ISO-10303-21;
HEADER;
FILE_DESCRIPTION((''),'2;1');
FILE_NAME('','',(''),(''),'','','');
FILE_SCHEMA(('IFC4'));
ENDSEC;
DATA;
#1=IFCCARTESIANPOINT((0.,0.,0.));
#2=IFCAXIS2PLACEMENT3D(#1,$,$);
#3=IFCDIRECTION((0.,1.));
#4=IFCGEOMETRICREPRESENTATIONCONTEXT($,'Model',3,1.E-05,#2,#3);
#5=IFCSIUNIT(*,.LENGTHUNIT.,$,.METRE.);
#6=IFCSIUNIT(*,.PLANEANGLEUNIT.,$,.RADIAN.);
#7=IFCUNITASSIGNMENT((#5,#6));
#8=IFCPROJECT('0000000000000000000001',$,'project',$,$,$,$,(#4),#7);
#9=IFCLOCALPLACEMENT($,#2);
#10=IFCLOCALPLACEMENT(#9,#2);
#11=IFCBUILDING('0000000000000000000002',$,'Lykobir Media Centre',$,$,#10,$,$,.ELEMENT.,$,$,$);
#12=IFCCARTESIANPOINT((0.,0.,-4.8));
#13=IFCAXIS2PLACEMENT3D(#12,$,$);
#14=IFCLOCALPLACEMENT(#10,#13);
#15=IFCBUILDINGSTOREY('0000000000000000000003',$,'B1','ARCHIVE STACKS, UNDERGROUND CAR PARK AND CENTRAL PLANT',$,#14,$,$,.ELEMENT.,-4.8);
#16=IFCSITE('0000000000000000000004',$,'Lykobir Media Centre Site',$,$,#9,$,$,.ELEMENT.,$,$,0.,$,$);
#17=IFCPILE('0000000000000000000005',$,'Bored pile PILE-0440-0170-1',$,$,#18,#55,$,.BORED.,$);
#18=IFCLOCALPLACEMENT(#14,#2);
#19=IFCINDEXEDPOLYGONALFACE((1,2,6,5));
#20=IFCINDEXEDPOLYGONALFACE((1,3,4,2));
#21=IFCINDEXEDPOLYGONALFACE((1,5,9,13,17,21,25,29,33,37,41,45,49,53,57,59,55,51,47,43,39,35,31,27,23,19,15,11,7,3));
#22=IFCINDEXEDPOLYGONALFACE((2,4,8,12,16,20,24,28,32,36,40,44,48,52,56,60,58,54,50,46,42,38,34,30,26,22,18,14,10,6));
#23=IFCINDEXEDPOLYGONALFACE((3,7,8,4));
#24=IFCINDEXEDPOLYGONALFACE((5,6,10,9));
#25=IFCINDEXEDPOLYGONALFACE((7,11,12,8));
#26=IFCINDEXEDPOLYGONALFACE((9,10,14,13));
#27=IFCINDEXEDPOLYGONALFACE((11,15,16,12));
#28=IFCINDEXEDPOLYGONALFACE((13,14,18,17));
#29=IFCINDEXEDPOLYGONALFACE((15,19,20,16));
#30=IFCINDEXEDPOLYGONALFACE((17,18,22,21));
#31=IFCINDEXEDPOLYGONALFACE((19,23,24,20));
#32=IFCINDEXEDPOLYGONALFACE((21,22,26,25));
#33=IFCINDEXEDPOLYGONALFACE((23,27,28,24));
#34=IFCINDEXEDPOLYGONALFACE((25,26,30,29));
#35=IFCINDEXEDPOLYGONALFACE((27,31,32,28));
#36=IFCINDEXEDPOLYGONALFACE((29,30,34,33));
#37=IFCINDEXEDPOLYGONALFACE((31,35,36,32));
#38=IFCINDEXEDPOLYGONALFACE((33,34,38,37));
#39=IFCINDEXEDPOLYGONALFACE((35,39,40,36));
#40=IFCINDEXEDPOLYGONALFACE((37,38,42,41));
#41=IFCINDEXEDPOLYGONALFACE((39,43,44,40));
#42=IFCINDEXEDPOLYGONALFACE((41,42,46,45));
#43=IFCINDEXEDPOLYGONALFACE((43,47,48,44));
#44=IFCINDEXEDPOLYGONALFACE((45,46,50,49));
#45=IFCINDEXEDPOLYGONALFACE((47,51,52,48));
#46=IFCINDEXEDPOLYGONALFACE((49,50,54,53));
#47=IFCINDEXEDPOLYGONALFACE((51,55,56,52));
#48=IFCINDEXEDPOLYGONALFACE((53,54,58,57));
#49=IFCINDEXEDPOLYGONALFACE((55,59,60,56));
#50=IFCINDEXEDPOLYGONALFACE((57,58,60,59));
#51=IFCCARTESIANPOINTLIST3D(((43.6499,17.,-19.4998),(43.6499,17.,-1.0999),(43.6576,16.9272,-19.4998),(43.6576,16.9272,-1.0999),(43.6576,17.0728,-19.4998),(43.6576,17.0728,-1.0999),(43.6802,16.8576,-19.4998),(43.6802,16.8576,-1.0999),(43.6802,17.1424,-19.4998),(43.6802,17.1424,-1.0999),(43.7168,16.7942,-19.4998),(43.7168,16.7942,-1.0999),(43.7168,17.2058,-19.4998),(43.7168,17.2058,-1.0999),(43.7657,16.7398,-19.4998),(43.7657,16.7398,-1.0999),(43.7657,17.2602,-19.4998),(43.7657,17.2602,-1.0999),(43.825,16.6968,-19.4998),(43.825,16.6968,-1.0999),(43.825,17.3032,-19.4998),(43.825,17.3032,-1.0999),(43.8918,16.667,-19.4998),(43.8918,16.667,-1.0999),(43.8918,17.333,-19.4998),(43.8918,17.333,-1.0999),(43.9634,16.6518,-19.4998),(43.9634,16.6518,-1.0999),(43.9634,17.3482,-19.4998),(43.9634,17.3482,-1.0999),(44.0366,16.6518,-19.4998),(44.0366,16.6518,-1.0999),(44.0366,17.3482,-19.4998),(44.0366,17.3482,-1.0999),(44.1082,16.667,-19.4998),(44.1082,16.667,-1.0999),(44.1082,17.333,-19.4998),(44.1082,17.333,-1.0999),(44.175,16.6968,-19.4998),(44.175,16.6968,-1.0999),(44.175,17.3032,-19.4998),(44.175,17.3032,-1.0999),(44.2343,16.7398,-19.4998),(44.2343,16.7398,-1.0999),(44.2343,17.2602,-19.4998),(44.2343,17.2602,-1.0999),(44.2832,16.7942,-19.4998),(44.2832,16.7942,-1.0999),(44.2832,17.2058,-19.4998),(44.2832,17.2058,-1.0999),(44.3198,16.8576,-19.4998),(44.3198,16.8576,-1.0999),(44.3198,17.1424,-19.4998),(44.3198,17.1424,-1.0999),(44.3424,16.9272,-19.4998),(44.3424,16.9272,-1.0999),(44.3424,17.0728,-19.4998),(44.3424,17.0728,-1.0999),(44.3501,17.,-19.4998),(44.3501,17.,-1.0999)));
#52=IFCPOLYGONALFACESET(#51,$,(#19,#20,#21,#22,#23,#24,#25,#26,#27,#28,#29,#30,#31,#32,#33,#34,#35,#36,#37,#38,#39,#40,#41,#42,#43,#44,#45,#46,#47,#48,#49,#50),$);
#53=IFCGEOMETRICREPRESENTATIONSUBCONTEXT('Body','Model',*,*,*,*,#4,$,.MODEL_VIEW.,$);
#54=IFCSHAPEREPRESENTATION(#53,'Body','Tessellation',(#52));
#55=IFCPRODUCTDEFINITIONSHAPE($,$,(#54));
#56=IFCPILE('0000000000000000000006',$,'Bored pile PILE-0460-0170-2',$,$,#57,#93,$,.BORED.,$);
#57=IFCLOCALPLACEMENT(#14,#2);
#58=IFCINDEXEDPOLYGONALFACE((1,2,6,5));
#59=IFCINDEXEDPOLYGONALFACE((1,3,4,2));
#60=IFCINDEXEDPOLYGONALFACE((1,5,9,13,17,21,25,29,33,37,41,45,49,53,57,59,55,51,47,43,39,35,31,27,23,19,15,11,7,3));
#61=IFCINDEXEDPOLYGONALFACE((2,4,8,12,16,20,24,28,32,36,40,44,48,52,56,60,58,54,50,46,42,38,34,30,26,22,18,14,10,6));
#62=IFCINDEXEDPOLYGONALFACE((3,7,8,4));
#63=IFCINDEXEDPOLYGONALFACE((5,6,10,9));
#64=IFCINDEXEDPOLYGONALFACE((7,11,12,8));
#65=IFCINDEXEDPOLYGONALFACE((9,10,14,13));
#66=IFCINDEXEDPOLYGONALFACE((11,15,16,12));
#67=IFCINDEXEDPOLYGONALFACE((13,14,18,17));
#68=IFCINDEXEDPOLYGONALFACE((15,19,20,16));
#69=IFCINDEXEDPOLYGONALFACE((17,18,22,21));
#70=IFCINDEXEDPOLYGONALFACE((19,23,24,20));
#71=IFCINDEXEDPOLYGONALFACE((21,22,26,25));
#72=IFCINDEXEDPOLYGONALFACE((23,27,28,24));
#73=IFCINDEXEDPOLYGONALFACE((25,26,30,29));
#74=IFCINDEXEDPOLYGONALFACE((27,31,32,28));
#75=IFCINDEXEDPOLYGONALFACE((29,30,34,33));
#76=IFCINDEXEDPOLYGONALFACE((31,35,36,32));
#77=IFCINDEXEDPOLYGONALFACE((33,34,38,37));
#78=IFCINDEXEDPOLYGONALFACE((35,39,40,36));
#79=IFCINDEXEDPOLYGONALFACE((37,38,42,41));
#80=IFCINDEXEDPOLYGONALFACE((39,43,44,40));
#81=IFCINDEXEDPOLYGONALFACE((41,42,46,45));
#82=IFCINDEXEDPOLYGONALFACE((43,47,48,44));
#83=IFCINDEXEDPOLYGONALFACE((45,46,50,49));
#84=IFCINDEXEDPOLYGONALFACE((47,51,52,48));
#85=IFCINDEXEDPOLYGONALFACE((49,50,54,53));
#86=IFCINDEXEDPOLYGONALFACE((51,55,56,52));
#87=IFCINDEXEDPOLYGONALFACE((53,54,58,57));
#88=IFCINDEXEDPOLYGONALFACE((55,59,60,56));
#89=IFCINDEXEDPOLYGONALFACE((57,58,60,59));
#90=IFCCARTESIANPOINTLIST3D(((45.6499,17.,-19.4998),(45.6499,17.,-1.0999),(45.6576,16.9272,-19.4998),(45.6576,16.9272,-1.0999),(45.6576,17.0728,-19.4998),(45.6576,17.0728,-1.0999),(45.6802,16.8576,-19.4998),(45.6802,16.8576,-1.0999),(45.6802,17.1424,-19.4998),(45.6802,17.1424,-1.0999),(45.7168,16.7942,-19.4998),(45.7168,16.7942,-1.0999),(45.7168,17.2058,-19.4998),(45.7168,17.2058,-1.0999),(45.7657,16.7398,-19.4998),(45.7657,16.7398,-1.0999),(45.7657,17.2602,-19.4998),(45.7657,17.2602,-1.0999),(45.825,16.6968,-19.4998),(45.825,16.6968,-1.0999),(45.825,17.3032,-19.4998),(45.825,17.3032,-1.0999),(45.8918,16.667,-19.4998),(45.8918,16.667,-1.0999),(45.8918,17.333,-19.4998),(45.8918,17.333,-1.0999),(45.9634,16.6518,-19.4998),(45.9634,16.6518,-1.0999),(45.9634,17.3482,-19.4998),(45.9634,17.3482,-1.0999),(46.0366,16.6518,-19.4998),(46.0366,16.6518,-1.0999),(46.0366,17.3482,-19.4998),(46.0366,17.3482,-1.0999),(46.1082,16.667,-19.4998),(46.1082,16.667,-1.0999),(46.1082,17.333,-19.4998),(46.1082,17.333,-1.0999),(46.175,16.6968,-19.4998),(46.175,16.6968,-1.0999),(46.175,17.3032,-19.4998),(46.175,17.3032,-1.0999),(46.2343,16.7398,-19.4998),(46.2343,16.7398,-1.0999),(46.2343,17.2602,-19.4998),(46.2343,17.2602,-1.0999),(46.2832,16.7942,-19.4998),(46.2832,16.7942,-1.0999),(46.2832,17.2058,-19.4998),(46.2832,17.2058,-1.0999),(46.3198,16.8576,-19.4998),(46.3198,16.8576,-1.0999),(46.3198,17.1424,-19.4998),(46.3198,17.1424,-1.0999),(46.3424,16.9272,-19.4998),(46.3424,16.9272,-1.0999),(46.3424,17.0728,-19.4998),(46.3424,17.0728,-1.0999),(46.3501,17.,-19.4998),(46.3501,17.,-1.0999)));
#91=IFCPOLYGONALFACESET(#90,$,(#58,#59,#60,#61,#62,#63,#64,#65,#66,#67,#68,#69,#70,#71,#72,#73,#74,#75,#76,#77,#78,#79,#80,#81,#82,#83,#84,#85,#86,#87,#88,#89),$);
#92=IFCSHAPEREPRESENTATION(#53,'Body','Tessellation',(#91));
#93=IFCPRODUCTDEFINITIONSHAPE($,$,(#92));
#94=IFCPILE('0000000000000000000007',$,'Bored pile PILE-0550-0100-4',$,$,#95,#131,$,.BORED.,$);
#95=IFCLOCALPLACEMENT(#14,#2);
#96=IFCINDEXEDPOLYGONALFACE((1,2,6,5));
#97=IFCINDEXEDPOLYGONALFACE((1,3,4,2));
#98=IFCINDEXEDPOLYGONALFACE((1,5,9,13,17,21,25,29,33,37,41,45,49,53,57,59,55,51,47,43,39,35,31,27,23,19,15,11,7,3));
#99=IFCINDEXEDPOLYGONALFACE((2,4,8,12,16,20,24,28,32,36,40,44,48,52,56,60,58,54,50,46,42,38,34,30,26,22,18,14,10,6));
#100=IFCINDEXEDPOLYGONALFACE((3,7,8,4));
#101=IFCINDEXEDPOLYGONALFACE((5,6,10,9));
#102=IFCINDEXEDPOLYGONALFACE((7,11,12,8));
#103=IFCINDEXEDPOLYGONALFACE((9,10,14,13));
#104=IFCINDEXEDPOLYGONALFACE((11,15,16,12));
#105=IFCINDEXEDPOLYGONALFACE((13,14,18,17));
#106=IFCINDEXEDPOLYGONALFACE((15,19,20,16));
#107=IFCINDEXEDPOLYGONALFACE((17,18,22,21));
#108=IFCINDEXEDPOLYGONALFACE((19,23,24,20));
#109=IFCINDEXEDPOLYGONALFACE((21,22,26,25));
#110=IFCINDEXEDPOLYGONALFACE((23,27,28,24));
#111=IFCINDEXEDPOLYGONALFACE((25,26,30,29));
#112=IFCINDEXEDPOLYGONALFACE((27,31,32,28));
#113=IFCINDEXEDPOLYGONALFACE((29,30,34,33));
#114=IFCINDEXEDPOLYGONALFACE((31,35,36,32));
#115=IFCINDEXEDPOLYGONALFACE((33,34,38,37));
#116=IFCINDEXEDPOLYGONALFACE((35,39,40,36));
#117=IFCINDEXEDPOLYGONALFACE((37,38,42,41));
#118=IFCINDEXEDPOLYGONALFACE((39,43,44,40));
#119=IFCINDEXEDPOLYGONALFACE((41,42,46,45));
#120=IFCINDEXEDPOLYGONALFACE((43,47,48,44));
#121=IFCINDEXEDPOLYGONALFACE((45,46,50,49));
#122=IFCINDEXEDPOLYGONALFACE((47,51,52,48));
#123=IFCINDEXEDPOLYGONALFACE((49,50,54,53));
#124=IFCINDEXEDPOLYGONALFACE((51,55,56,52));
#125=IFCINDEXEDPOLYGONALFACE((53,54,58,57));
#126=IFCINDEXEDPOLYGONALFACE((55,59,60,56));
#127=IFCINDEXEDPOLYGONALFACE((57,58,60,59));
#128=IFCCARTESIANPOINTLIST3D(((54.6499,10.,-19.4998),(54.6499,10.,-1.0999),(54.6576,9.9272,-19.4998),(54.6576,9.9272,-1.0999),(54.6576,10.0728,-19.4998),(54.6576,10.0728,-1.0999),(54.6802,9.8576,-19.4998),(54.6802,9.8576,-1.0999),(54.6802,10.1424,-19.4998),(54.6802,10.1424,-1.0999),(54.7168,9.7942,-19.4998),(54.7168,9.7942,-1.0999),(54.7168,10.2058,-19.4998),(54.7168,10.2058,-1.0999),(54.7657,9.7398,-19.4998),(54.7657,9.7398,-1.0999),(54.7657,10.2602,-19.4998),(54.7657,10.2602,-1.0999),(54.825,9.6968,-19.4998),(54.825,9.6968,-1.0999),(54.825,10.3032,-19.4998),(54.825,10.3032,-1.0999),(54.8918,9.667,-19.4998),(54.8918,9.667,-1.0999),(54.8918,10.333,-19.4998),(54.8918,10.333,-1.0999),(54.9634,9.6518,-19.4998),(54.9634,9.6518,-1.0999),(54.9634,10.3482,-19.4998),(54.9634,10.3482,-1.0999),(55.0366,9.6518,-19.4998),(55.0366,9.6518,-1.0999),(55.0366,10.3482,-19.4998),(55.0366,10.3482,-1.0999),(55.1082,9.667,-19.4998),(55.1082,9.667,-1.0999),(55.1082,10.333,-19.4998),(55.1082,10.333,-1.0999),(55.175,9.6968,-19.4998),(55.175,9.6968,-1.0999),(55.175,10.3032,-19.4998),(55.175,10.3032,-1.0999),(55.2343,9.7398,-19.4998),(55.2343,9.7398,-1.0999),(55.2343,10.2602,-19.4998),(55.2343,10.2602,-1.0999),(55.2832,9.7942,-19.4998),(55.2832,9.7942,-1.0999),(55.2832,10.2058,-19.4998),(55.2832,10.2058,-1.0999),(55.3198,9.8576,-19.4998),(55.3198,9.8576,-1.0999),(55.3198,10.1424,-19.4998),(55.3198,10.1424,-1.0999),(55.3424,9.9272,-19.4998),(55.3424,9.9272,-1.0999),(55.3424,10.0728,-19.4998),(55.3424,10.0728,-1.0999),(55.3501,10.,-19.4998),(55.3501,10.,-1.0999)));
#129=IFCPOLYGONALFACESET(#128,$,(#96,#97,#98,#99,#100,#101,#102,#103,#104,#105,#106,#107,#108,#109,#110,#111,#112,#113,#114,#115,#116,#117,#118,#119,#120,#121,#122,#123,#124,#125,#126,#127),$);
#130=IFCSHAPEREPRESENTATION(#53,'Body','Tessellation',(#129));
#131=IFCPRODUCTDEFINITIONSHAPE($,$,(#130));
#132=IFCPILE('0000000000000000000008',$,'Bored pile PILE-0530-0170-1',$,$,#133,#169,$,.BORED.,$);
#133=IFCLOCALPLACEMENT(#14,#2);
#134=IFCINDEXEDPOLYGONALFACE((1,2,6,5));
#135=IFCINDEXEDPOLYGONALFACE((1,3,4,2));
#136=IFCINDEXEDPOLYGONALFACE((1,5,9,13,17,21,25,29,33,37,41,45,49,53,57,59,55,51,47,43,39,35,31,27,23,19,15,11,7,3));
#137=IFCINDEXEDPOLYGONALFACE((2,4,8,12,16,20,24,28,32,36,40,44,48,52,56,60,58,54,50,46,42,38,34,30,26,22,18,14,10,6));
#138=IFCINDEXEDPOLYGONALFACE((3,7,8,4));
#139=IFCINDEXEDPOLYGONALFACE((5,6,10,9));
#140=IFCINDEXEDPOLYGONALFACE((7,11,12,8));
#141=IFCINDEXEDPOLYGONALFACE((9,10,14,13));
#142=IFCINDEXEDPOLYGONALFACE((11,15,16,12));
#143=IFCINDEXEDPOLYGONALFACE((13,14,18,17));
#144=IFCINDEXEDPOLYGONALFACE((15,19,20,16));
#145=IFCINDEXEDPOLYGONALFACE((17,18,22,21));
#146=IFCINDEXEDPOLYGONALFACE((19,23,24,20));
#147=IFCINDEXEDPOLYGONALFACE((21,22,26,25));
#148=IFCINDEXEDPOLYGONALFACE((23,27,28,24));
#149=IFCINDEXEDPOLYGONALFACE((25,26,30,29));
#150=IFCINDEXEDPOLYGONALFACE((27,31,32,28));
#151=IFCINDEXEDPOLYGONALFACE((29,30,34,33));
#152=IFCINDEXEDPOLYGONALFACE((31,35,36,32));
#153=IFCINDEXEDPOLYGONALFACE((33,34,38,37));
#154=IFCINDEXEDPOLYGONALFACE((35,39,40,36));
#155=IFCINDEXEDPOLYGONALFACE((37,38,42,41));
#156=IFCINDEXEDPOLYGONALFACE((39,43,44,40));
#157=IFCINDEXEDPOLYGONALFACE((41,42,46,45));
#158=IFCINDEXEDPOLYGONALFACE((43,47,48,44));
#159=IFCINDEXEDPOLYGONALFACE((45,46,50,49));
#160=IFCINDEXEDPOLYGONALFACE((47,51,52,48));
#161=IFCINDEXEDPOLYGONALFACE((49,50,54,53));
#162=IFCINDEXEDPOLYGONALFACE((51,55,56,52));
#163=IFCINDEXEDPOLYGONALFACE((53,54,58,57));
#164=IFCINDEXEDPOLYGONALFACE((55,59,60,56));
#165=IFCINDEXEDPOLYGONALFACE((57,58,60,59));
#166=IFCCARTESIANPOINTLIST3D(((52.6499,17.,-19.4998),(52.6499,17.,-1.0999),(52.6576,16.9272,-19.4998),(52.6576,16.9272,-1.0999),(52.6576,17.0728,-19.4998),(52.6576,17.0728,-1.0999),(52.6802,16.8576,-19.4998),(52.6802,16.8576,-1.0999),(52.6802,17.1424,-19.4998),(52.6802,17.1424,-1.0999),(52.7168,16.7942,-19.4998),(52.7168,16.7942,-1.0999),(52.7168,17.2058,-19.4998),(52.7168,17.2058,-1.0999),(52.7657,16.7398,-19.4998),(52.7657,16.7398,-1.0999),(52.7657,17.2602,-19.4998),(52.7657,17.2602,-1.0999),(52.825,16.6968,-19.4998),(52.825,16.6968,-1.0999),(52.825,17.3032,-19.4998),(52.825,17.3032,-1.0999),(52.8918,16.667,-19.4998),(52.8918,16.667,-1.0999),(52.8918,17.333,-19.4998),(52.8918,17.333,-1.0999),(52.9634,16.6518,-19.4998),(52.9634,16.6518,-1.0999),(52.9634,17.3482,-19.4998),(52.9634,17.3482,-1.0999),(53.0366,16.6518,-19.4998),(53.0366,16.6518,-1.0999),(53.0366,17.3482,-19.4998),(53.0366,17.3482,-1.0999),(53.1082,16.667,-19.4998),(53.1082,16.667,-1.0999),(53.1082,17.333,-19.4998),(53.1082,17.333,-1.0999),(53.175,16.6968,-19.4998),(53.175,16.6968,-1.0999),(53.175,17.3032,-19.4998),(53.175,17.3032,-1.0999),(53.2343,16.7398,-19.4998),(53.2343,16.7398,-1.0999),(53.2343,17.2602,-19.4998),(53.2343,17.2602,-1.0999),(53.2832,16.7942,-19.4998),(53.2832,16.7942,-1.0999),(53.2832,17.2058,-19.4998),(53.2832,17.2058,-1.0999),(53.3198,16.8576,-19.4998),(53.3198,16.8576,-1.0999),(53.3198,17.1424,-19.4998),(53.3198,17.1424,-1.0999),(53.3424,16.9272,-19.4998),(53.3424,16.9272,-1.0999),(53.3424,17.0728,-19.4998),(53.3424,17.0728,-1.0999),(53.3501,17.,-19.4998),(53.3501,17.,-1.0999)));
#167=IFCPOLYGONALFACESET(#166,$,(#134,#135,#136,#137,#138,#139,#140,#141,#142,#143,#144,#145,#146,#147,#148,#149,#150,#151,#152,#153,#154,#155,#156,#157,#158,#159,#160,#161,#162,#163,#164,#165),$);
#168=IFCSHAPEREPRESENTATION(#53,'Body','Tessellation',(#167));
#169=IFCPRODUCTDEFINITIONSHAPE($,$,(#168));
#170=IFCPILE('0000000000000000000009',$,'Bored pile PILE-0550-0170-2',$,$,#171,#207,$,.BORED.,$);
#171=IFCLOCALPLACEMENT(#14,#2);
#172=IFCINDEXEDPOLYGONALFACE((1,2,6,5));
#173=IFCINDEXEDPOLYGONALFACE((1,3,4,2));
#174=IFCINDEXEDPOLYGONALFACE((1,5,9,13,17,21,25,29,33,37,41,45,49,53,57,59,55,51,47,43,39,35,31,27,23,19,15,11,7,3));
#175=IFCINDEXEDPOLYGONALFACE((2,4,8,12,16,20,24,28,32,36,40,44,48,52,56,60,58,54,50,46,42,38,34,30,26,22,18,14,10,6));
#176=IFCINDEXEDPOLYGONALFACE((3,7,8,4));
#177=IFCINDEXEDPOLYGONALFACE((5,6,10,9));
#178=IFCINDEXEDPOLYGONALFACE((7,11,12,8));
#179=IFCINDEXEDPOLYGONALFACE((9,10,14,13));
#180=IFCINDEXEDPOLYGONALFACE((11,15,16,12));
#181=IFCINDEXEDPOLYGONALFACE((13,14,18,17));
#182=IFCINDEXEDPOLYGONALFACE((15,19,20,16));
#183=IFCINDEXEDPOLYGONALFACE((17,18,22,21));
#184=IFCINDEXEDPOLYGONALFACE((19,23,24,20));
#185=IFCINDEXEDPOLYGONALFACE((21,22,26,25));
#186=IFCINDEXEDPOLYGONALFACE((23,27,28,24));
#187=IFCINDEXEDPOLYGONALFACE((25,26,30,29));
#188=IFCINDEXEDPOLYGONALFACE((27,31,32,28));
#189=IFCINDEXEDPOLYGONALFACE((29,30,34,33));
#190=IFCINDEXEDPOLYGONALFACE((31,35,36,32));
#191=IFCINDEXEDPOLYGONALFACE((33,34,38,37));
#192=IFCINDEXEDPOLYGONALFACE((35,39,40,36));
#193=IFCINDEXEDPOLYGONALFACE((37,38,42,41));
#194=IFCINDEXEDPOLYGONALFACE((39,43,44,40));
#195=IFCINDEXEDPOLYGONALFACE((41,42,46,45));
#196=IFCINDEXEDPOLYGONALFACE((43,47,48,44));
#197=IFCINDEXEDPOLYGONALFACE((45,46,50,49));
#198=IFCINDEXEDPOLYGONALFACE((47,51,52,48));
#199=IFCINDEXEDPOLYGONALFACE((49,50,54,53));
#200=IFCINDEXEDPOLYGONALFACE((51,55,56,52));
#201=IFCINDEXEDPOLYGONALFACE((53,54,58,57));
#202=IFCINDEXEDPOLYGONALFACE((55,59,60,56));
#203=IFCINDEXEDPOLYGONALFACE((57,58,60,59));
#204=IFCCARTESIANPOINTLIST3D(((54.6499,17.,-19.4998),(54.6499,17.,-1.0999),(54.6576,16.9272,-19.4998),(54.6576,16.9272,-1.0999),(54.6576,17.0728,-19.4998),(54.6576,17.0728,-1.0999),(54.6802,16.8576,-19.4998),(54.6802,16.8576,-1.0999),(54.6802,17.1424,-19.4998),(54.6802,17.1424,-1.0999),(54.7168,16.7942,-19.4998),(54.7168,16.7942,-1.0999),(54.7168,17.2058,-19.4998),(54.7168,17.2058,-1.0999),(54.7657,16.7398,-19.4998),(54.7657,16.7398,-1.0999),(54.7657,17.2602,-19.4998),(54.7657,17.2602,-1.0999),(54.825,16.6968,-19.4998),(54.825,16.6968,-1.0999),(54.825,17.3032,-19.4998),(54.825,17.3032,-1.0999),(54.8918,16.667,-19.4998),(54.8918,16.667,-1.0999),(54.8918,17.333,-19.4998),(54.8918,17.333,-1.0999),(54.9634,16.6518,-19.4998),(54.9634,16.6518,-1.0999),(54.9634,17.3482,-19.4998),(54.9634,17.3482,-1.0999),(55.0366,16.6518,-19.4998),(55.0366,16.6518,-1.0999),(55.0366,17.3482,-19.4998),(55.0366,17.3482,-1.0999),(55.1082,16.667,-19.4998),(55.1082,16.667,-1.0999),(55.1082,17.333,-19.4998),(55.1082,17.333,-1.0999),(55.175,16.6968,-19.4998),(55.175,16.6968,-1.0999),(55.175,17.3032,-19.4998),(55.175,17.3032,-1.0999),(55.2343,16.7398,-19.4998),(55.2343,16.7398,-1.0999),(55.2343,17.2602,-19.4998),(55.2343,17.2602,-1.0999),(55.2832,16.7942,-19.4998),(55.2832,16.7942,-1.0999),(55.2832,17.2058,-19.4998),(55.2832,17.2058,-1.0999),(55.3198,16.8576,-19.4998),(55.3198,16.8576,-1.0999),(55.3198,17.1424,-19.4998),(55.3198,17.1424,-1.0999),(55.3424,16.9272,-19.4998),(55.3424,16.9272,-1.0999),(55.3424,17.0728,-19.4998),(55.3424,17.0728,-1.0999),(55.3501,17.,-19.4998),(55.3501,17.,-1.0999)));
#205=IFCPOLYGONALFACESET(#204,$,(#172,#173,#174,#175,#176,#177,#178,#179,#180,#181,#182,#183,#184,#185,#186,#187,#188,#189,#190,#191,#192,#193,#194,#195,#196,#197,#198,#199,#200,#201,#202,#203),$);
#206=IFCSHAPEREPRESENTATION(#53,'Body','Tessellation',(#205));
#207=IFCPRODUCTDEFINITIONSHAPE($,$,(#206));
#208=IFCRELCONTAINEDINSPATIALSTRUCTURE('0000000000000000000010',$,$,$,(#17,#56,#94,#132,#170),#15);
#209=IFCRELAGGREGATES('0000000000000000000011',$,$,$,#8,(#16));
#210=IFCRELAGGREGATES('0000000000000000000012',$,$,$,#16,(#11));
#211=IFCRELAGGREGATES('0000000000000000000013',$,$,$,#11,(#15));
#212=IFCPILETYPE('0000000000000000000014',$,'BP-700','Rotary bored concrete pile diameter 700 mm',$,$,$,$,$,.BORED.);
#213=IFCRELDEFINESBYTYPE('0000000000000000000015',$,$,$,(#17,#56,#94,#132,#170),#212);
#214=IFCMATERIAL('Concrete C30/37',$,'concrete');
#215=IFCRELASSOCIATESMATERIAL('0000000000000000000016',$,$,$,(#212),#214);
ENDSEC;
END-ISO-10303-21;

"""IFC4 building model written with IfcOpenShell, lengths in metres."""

from ifc_helpers import new_model, si_unit, direction, frame, origin, origin_2d, place, context, subcontext, project, spatial, circle, extrude, material, material_profile, profile_set, type_object, element, save


model = new_model("IFC4")

# Units and contexts
model_context = context("Model", 3, precision=1e-05, world=origin(), true_north=direction((0.0, 1.0)))
body_context = subcontext(model_context, "Body", "Model", "MODEL_VIEW")
ifc_project = project(units=[si_unit("LENGTHUNIT", "METRE"), si_unit("PLANEANGLEUNIT", "RADIAN")], contexts=[model_context])

# Site, building, storey
site_placement = place(None, origin())
site = spatial("IfcSite", under=ifc_project, at=site_placement, Name="Lykobir Media Centre Site", CompositionType="ELEMENT", RefElevation=0.0)
building_placement = place(site_placement, origin())
building = spatial("IfcBuilding", under=site, at=building_placement, Name="Lykobir Media Centre", CompositionType="ELEMENT")
storey_placement = place(building_placement, frame((0.0, 0.0, -4.8)))
storey = spatial("IfcBuildingStorey", under=building, at=storey_placement, Name="B1", Description="ARCHIVE STACKS, UNDERGROUND CAR PARK AND CENTRAL PLANT", CompositionType="ELEMENT", Elevation=-4.8)

# Piles
ifc_material_1 = material(Name="Concrete C30/37", Category="concrete")
ifc_material_profile_1 = material_profile(ifc_material_1, circle(Radius=0.3501, at=origin_2d()), Name="BORED PILE D700")
ifc_profile_set_1 = profile_set([ifc_material_profile_1], Name="Concrete C30/37")
pile_type = type_object("IfcPileType", Name="BP-700", Description="Rotary bored concrete pile diameter 700 mm", PredefinedType="BORED", material=ifc_profile_set_1)
for number, where, z_axis, x_axis, name in (
    (1, (44.0, 17.0, -1.0999), (0.0, 0.0, -1.0), (1.0, 0.0, 0.0), "Bored pile PILE-0440-0170-1"),
    (2, (46.0, 17.0, -1.0999), (0.0, 0.0, -1.0), (1.0, 0.0, 0.0), "Bored pile PILE-0460-0170-2"),
    (3, (55.0, 10.0, -1.0999), (0.0, 0.0, -1.0), (1.0, 0.0, 0.0), "Bored pile PILE-0550-0100-4"),
    (4, (53.0, 17.0, -1.0999), (0.0, 0.0, -1.0), (1.0, 0.0, 0.0), "Bored pile PILE-0530-0170-1"),
    (5, (55.0, 17.0, -1.0999), (0.0, 0.0, -1.0), (1.0, 0.0, 0.0), "Bored pile PILE-0550-0170-2"),
):
    element("IfcPile", number, at=place(storey_placement, frame(where, z_axis=z_axis, x_axis=x_axis)), inside=storey, type_object=pile_type, Name=name, PredefinedType="BORED", context=body_context, shape_type="SweptSolid", body=[
        extrude(circle(Radius=0.3501, at=origin_2d()), origin(), (0.0, 0.0, 1.0), 18.3999),
    ])

save(model, "model.ifc")
